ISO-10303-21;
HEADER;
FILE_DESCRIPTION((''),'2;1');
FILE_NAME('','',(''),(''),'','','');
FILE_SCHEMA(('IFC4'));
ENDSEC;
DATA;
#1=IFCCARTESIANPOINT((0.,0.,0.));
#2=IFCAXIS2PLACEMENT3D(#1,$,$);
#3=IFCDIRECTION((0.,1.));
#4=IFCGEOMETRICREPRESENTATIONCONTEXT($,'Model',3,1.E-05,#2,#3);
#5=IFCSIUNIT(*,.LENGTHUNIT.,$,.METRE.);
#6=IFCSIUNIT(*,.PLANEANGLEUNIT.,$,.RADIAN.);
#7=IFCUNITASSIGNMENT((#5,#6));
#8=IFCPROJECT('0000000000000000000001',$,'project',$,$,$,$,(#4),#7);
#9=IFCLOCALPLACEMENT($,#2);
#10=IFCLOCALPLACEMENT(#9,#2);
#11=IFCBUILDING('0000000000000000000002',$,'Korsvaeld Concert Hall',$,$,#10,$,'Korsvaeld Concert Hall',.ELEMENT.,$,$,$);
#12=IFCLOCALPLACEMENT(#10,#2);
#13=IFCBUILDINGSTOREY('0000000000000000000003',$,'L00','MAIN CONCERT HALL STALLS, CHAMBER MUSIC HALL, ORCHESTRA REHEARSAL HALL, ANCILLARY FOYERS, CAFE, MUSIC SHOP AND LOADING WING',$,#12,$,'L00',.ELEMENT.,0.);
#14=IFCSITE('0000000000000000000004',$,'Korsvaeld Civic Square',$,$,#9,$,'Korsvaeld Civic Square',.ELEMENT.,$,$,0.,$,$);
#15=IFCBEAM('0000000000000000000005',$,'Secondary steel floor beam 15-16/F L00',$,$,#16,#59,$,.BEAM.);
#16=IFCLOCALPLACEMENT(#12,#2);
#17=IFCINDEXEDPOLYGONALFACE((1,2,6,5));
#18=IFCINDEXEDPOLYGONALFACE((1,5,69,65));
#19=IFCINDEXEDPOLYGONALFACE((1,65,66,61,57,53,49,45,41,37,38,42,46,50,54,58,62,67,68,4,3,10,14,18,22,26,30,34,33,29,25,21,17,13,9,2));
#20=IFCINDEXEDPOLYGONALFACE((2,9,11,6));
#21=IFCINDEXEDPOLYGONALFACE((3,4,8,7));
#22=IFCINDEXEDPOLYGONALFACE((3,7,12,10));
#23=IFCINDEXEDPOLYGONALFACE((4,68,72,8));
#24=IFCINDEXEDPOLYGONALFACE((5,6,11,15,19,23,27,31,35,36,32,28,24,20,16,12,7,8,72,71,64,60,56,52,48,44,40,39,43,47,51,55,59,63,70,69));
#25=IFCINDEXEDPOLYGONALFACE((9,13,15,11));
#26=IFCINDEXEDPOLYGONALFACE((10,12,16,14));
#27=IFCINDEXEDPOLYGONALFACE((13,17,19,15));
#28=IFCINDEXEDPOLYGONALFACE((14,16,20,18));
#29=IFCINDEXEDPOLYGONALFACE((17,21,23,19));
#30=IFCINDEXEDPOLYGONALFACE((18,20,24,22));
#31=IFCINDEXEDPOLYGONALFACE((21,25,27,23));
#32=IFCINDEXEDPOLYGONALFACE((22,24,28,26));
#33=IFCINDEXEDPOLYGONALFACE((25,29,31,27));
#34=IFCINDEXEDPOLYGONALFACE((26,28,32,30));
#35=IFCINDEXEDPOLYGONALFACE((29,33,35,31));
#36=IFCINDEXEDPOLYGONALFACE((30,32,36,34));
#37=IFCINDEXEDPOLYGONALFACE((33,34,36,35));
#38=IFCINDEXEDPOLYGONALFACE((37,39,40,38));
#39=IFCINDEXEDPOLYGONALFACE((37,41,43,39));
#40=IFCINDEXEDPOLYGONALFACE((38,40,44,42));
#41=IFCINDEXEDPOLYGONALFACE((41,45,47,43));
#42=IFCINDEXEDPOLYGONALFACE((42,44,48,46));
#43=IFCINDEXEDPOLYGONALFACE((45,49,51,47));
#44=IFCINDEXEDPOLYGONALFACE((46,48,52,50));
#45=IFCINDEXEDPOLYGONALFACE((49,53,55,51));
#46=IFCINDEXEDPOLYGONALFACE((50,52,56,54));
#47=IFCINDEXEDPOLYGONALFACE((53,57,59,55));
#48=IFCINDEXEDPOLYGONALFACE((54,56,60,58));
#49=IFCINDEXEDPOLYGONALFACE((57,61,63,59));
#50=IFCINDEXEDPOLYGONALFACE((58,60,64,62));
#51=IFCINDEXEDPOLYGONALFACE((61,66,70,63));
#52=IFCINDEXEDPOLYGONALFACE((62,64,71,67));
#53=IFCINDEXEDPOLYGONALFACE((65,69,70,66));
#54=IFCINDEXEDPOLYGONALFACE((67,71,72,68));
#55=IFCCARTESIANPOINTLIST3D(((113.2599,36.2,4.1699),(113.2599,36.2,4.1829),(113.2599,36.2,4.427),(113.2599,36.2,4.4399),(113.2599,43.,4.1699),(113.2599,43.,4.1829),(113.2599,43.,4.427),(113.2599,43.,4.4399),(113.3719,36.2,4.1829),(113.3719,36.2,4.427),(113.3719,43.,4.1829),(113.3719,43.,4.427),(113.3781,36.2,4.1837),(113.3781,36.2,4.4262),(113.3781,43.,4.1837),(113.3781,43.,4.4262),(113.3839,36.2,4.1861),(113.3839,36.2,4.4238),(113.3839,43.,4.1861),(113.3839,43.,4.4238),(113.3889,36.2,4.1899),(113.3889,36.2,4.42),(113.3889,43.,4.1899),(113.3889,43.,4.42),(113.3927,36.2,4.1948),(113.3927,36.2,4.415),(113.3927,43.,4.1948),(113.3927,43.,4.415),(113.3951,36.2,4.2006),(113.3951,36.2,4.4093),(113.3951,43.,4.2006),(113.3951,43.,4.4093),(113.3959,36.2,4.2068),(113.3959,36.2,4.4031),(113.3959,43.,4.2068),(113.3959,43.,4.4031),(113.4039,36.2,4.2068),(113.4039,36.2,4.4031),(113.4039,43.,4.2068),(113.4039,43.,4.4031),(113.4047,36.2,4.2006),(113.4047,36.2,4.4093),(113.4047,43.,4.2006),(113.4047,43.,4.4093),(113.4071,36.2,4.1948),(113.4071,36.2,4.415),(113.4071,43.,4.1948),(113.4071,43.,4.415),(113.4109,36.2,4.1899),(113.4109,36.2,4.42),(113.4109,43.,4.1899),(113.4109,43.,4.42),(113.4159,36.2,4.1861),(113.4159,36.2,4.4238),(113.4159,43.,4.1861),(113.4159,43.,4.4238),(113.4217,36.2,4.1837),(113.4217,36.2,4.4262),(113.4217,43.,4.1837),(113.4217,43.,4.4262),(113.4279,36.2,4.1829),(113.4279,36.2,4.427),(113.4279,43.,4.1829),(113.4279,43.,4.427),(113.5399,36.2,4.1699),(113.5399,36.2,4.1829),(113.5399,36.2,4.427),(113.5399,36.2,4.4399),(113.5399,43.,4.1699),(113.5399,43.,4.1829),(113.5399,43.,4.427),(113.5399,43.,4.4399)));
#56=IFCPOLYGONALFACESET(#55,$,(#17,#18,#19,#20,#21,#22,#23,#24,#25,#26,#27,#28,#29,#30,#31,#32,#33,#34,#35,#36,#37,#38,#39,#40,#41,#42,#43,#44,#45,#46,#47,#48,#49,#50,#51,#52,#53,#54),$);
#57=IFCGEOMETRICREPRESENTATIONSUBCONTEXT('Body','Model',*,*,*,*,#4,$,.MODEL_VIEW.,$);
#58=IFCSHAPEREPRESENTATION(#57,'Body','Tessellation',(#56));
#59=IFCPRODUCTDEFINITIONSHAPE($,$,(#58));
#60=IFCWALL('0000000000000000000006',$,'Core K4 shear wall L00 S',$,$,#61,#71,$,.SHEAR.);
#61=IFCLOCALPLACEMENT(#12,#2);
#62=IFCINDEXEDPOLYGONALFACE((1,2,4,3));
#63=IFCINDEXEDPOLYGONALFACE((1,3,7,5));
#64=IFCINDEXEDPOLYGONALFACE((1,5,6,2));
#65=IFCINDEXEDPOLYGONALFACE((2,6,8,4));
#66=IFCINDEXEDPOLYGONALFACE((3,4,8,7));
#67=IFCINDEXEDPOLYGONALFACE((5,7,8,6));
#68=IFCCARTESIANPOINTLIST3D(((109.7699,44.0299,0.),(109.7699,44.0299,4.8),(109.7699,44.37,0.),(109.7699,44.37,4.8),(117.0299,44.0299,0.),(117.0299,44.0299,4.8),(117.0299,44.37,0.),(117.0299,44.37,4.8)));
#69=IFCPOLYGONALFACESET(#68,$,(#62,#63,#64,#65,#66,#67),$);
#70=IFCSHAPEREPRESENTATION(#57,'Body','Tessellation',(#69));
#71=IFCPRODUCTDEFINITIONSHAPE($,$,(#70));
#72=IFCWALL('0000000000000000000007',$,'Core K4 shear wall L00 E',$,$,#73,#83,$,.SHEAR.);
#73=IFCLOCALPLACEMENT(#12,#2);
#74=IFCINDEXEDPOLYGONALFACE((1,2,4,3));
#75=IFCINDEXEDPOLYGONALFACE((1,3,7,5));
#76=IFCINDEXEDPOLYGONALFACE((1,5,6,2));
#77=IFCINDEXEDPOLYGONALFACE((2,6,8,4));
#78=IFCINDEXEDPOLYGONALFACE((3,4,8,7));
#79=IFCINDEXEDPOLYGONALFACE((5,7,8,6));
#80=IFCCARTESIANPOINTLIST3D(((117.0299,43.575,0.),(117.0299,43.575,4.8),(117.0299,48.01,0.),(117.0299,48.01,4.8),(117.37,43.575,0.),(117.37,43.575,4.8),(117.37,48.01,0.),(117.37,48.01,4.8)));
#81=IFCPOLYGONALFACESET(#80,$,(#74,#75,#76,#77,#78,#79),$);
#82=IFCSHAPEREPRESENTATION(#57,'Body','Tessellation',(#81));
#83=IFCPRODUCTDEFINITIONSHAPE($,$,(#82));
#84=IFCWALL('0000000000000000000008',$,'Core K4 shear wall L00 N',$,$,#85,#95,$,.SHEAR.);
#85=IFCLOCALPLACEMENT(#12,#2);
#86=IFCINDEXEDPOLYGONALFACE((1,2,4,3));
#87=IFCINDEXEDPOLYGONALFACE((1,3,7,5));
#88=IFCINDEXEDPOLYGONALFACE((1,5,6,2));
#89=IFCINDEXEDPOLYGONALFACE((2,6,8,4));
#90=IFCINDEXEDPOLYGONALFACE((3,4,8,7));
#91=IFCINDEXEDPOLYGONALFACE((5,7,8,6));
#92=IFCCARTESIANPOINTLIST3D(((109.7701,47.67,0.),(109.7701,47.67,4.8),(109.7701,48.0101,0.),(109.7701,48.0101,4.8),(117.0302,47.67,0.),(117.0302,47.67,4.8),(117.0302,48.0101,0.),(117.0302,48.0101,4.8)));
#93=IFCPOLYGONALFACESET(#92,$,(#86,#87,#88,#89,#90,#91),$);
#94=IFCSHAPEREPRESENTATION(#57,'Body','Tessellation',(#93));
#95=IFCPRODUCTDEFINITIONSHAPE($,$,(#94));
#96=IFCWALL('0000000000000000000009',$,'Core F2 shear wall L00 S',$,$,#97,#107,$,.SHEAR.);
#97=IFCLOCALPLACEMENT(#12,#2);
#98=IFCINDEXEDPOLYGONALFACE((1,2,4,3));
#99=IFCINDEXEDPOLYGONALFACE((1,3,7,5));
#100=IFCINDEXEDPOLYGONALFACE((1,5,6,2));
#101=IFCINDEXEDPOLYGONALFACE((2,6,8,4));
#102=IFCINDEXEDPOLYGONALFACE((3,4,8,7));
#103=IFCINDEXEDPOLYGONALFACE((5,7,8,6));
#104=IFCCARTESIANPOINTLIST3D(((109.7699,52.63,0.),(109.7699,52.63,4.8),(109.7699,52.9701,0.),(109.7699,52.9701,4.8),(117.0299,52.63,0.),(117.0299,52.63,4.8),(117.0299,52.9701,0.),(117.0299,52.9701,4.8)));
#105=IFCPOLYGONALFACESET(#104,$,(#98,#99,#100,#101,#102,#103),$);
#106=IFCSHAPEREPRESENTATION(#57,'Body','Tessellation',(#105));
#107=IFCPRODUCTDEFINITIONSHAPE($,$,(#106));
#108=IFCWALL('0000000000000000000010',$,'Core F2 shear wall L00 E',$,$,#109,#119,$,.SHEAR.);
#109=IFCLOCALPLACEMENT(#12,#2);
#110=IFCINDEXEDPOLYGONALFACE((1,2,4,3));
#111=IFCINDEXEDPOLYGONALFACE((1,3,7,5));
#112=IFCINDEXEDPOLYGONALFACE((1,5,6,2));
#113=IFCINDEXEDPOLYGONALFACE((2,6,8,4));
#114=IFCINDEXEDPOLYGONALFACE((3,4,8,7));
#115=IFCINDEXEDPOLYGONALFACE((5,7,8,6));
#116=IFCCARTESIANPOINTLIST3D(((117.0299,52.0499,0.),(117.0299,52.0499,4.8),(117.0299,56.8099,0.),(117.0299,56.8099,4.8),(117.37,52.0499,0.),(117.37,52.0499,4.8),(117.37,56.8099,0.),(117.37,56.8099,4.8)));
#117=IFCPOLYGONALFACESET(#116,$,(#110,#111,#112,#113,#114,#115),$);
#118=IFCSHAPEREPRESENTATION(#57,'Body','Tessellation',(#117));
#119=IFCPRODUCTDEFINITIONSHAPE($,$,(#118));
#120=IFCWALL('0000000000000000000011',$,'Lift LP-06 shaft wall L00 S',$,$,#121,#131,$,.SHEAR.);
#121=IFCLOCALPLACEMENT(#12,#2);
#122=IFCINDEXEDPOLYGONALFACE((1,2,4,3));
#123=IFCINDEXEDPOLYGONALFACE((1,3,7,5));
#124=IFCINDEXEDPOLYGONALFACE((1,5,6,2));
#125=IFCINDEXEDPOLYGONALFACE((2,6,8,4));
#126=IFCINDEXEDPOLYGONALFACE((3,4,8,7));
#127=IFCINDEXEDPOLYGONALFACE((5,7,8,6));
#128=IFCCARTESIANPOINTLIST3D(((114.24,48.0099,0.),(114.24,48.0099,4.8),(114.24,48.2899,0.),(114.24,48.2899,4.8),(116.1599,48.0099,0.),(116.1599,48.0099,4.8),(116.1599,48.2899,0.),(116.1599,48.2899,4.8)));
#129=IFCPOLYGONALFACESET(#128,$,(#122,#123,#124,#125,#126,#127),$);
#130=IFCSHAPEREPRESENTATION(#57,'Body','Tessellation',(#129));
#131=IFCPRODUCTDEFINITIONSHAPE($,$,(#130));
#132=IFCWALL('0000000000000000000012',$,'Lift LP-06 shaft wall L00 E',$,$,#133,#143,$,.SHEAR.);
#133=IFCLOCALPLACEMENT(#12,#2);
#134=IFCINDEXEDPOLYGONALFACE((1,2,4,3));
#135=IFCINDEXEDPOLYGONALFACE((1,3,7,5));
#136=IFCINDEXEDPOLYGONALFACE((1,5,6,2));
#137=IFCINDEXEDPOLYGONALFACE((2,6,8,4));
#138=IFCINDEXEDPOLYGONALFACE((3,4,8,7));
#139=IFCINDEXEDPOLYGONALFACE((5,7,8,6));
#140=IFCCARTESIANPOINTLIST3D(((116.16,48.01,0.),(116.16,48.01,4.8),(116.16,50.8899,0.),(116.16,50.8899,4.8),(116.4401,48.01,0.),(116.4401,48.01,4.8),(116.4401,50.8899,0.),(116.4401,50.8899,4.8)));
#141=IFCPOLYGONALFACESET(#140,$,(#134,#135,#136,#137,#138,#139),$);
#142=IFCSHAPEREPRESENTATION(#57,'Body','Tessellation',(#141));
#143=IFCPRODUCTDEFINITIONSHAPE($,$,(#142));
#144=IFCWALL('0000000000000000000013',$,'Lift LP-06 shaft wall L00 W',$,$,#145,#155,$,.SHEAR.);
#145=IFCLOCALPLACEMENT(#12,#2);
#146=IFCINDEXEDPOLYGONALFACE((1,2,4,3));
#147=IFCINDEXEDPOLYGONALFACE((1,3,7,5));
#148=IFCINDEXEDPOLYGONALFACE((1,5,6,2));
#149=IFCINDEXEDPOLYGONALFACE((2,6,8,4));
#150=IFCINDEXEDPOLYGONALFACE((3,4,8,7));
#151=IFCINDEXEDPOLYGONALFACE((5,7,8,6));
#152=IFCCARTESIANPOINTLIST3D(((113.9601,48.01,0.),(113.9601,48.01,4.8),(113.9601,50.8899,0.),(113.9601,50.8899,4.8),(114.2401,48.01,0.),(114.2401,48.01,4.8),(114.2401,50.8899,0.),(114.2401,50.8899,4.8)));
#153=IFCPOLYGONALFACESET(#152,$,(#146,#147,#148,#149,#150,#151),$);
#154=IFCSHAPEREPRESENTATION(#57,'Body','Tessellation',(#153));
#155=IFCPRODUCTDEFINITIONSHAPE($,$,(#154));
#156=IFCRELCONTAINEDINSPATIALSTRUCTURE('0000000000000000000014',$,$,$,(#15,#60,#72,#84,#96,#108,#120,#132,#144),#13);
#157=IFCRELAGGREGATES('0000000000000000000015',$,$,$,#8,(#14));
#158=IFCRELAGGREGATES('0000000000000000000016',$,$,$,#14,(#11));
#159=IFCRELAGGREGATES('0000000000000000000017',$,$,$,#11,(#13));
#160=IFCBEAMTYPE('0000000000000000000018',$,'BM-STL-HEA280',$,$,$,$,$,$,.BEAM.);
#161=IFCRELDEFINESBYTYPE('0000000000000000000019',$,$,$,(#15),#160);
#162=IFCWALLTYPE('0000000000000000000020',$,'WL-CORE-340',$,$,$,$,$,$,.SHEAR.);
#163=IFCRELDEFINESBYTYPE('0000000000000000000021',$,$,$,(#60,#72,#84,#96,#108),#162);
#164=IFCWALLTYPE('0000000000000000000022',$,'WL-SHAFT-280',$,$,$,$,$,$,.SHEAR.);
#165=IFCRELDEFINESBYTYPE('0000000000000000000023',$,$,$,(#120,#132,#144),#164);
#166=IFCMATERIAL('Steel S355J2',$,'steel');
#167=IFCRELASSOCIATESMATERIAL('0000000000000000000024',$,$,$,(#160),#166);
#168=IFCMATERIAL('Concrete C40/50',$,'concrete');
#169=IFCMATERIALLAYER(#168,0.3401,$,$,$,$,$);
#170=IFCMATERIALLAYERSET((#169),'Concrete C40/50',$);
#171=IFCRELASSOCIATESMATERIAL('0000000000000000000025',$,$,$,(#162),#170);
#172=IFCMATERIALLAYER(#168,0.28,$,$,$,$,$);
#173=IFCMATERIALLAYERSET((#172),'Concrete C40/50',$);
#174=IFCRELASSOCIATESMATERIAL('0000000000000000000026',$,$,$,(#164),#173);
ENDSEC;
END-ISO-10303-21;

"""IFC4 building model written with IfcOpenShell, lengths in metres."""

from ifc_helpers import new_model, si_unit, direction, frame, frame_2d, origin, origin_2d, place, context, subcontext, project, spatial, rectangle, i_section, extrude, material, layer, layer_set, material_profile, profile_set, type_object, element, save


model = new_model("IFC4")

# Units and contexts
model_context = context("Model", 3, precision=1e-05, world=origin(), true_north=direction((0.0, 1.0)))
body_context = subcontext(model_context, "Body", "Model", "MODEL_VIEW")
ifc_project = project(units=[si_unit("LENGTHUNIT", "METRE"), si_unit("PLANEANGLEUNIT", "RADIAN")], contexts=[model_context])

# Site, building, storey
site_placement = place(None, origin())
site = spatial("IfcSite", under=ifc_project, at=site_placement, Name="Korsvaeld Civic Square", LongName="Korsvaeld Civic Square", CompositionType="ELEMENT", RefElevation=0.0)
building_placement = place(site_placement, origin())
building = spatial("IfcBuilding", under=site, at=building_placement, Name="Korsvaeld Concert Hall", LongName="Korsvaeld Concert Hall", CompositionType="ELEMENT")
storey_placement = place(building_placement, origin())
storey = spatial("IfcBuildingStorey", under=building, at=storey_placement, Name="L00", Description="MAIN CONCERT HALL STALLS, CHAMBER MUSIC HALL, ORCHESTRA REHEARSAL HALL, ANCILLARY FOYERS, CAFE, MUSIC SHOP AND LOADING WING", LongName="L00", CompositionType="ELEMENT", Elevation=0.0)

# Shared definitions
ifc_material_1 = material(Name="Concrete C40/50", Category="concrete")

# Beam
ifc_material_2 = material(Name="Steel S355J2", Category="steel")
ifc_material_profile_1 = material_profile(ifc_material_2, i_section(OverallWidth=0.28, OverallDepth=0.27, WebThickness=0.0081, FlangeThickness=0.0129, FilletRadius=0.0239, at=origin_2d()), Name="HEA 280")
ifc_profile_set_1 = profile_set([ifc_material_profile_1], Name="Steel S355J2")
beam_type_1 = type_object("IfcBeamType", Name="BM-STL-HEA280", PredefinedType="BEAM", material=ifc_profile_set_1)
beam_1_placement = place(storey_placement, frame((113.3999, 36.2, 4.3049), z_axis=(0.0, 1.0, 0.0), x_axis=(-1.0, 0.0, 0.0)))
element("IfcBeam", 1, at=beam_1_placement, inside=storey, type_object=beam_type_1, Name="Secondary steel floor beam 15-16/F L00", PredefinedType="BEAM", context=body_context, shape_type="SweptSolid", body=[
    extrude(i_section(OverallWidth=0.28, OverallDepth=0.27, WebThickness=0.0081, FlangeThickness=0.0129, FilletRadius=0.0239, at=origin_2d()), origin(), (0.0, 0.0, 1.0), 6.8),
])

# Walls
ifc_layer_1 = layer(ifc_material_1, 0.3401)
ifc_layer_set_1 = layer_set([ifc_layer_1], Name="Concrete C40/50")
wall_type_1 = type_object("IfcWallType", Name="WL-CORE-340", PredefinedType="SHEAR", material=ifc_layer_set_1)
wall_1_placement = place(storey_placement, frame((109.77, 44.2, 0.0), z_axis=(0.0, 0.0, 1.0), x_axis=(1.0, 0.0, 0.0)))
element("IfcWall", 2, at=wall_1_placement, inside=storey, type_object=wall_type_1, Name="Core K4 shear wall L00 S", PredefinedType="SHEAR", context=body_context, shape_type="SweptSolid", body=[
    extrude(rectangle(XDim=7.26, YDim=0.3401, at=frame_2d((3.6299, 0.0))), origin(), (0.0, 0.0, 1.0), 4.8),
])
wall_2_placement = place(storey_placement, frame((117.2, 43.575, 0.0), z_axis=(0.0, 0.0, 1.0), x_axis=(0.0, 1.0, 0.0)))
element("IfcWall", 3, at=wall_2_placement, inside=storey, type_object=wall_type_1, Name="Core K4 shear wall L00 E", PredefinedType="SHEAR", context=body_context, shape_type="SweptSolid", body=[
    extrude(rectangle(XDim=4.4351, YDim=0.3401, at=frame_2d((2.2175, 0.0))), origin(), (0.0, 0.0, 1.0), 4.8),
])
wall_3_placement = place(storey_placement, frame((117.03, 47.8401, 0.0), z_axis=(0.0, 0.0, 1.0), x_axis=(-1.0, 0.0, 0.0)))
element("IfcWall", 4, at=wall_3_placement, inside=storey, type_object=wall_type_1, Name="Core K4 shear wall L00 N", PredefinedType="SHEAR", context=body_context, shape_type="SweptSolid", body=[
    extrude(rectangle(XDim=7.26, YDim=0.3401, at=frame_2d((3.6299, 0.0))), origin(), (0.0, 0.0, 1.0), 4.8),
])

# Walls
wall_4_placement = place(storey_placement, frame((109.77, 52.8, 0.0), z_axis=(0.0, 0.0, 1.0), x_axis=(1.0, 0.0, 0.0)))
element("IfcWall", 5, at=wall_4_placement, inside=storey, type_object=wall_type_1, Name="Core F2 shear wall L00 S", PredefinedType="SHEAR", context=body_context, shape_type="SweptSolid", body=[
    extrude(rectangle(XDim=7.26, YDim=0.3401, at=frame_2d((3.6299, 0.0))), origin(), (0.0, 0.0, 1.0), 4.8),
])
wall_5_placement = place(storey_placement, frame((117.2, 52.05, 0.0), z_axis=(0.0, 0.0, 1.0), x_axis=(0.0, 1.0, 0.0)))
element("IfcWall", 6, at=wall_5_placement, inside=storey, type_object=wall_type_1, Name="Core F2 shear wall L00 E", PredefinedType="SHEAR", context=body_context, shape_type="SweptSolid", body=[
    extrude(rectangle(XDim=4.76, YDim=0.3401, at=frame_2d((2.3799, 0.0))), origin(), (0.0, 0.0, 1.0), 4.8),
])
ifc_layer_2 = layer(ifc_material_1, 0.28)
ifc_layer_set_2 = layer_set([ifc_layer_2], Name="Concrete C40/50")
wall_type_2 = type_object("IfcWallType", Name="WL-SHAFT-280", PredefinedType="SHEAR", material=ifc_layer_set_2)
wall_6_placement = place(storey_placement, frame((114.24, 48.1499, 0.0), z_axis=(0.0, 0.0, 1.0), x_axis=(1.0, 0.0, 0.0)))
element("IfcWall", 7, at=wall_6_placement, inside=storey, type_object=wall_type_2, Name="Lift LP-06 shaft wall L00 S", PredefinedType="SHEAR", context=body_context, shape_type="SweptSolid", body=[
    extrude(rectangle(XDim=1.9199, YDim=0.28, at=frame_2d((0.96, 0.0))), origin(), (0.0, 0.0, 1.0), 4.8),
])
wall_7_placement = place(storey_placement, frame((116.3, 48.01, 0.0), z_axis=(0.0, 0.0, 1.0), x_axis=(0.0, 1.0, 0.0)))
element("IfcWall", 8, at=wall_7_placement, inside=storey, type_object=wall_type_2, Name="Lift LP-06 shaft wall L00 E", PredefinedType="SHEAR", context=body_context, shape_type="SweptSolid", body=[
    extrude(rectangle(XDim=2.8799, YDim=0.28, at=frame_2d((1.4399, 0.0))), origin(), (0.0, 0.0, 1.0), 4.8),
])

# Wall
wall_8_placement = place(storey_placement, frame((114.1001, 50.8899, 0.0), z_axis=(0.0, 0.0, 1.0), x_axis=(0.0, -1.0, 0.0)))
element("IfcWall", 9, at=wall_8_placement, inside=storey, type_object=wall_type_2, Name="Lift LP-06 shaft wall L00 W", PredefinedType="SHEAR", context=body_context, shape_type="SweptSolid", body=[
    extrude(rectangle(XDim=2.8799, YDim=0.28, at=frame_2d((1.4399, 0.0))), origin(), (0.0, 0.0, 1.0), 4.8),
])

save(model, "model.ifc")
